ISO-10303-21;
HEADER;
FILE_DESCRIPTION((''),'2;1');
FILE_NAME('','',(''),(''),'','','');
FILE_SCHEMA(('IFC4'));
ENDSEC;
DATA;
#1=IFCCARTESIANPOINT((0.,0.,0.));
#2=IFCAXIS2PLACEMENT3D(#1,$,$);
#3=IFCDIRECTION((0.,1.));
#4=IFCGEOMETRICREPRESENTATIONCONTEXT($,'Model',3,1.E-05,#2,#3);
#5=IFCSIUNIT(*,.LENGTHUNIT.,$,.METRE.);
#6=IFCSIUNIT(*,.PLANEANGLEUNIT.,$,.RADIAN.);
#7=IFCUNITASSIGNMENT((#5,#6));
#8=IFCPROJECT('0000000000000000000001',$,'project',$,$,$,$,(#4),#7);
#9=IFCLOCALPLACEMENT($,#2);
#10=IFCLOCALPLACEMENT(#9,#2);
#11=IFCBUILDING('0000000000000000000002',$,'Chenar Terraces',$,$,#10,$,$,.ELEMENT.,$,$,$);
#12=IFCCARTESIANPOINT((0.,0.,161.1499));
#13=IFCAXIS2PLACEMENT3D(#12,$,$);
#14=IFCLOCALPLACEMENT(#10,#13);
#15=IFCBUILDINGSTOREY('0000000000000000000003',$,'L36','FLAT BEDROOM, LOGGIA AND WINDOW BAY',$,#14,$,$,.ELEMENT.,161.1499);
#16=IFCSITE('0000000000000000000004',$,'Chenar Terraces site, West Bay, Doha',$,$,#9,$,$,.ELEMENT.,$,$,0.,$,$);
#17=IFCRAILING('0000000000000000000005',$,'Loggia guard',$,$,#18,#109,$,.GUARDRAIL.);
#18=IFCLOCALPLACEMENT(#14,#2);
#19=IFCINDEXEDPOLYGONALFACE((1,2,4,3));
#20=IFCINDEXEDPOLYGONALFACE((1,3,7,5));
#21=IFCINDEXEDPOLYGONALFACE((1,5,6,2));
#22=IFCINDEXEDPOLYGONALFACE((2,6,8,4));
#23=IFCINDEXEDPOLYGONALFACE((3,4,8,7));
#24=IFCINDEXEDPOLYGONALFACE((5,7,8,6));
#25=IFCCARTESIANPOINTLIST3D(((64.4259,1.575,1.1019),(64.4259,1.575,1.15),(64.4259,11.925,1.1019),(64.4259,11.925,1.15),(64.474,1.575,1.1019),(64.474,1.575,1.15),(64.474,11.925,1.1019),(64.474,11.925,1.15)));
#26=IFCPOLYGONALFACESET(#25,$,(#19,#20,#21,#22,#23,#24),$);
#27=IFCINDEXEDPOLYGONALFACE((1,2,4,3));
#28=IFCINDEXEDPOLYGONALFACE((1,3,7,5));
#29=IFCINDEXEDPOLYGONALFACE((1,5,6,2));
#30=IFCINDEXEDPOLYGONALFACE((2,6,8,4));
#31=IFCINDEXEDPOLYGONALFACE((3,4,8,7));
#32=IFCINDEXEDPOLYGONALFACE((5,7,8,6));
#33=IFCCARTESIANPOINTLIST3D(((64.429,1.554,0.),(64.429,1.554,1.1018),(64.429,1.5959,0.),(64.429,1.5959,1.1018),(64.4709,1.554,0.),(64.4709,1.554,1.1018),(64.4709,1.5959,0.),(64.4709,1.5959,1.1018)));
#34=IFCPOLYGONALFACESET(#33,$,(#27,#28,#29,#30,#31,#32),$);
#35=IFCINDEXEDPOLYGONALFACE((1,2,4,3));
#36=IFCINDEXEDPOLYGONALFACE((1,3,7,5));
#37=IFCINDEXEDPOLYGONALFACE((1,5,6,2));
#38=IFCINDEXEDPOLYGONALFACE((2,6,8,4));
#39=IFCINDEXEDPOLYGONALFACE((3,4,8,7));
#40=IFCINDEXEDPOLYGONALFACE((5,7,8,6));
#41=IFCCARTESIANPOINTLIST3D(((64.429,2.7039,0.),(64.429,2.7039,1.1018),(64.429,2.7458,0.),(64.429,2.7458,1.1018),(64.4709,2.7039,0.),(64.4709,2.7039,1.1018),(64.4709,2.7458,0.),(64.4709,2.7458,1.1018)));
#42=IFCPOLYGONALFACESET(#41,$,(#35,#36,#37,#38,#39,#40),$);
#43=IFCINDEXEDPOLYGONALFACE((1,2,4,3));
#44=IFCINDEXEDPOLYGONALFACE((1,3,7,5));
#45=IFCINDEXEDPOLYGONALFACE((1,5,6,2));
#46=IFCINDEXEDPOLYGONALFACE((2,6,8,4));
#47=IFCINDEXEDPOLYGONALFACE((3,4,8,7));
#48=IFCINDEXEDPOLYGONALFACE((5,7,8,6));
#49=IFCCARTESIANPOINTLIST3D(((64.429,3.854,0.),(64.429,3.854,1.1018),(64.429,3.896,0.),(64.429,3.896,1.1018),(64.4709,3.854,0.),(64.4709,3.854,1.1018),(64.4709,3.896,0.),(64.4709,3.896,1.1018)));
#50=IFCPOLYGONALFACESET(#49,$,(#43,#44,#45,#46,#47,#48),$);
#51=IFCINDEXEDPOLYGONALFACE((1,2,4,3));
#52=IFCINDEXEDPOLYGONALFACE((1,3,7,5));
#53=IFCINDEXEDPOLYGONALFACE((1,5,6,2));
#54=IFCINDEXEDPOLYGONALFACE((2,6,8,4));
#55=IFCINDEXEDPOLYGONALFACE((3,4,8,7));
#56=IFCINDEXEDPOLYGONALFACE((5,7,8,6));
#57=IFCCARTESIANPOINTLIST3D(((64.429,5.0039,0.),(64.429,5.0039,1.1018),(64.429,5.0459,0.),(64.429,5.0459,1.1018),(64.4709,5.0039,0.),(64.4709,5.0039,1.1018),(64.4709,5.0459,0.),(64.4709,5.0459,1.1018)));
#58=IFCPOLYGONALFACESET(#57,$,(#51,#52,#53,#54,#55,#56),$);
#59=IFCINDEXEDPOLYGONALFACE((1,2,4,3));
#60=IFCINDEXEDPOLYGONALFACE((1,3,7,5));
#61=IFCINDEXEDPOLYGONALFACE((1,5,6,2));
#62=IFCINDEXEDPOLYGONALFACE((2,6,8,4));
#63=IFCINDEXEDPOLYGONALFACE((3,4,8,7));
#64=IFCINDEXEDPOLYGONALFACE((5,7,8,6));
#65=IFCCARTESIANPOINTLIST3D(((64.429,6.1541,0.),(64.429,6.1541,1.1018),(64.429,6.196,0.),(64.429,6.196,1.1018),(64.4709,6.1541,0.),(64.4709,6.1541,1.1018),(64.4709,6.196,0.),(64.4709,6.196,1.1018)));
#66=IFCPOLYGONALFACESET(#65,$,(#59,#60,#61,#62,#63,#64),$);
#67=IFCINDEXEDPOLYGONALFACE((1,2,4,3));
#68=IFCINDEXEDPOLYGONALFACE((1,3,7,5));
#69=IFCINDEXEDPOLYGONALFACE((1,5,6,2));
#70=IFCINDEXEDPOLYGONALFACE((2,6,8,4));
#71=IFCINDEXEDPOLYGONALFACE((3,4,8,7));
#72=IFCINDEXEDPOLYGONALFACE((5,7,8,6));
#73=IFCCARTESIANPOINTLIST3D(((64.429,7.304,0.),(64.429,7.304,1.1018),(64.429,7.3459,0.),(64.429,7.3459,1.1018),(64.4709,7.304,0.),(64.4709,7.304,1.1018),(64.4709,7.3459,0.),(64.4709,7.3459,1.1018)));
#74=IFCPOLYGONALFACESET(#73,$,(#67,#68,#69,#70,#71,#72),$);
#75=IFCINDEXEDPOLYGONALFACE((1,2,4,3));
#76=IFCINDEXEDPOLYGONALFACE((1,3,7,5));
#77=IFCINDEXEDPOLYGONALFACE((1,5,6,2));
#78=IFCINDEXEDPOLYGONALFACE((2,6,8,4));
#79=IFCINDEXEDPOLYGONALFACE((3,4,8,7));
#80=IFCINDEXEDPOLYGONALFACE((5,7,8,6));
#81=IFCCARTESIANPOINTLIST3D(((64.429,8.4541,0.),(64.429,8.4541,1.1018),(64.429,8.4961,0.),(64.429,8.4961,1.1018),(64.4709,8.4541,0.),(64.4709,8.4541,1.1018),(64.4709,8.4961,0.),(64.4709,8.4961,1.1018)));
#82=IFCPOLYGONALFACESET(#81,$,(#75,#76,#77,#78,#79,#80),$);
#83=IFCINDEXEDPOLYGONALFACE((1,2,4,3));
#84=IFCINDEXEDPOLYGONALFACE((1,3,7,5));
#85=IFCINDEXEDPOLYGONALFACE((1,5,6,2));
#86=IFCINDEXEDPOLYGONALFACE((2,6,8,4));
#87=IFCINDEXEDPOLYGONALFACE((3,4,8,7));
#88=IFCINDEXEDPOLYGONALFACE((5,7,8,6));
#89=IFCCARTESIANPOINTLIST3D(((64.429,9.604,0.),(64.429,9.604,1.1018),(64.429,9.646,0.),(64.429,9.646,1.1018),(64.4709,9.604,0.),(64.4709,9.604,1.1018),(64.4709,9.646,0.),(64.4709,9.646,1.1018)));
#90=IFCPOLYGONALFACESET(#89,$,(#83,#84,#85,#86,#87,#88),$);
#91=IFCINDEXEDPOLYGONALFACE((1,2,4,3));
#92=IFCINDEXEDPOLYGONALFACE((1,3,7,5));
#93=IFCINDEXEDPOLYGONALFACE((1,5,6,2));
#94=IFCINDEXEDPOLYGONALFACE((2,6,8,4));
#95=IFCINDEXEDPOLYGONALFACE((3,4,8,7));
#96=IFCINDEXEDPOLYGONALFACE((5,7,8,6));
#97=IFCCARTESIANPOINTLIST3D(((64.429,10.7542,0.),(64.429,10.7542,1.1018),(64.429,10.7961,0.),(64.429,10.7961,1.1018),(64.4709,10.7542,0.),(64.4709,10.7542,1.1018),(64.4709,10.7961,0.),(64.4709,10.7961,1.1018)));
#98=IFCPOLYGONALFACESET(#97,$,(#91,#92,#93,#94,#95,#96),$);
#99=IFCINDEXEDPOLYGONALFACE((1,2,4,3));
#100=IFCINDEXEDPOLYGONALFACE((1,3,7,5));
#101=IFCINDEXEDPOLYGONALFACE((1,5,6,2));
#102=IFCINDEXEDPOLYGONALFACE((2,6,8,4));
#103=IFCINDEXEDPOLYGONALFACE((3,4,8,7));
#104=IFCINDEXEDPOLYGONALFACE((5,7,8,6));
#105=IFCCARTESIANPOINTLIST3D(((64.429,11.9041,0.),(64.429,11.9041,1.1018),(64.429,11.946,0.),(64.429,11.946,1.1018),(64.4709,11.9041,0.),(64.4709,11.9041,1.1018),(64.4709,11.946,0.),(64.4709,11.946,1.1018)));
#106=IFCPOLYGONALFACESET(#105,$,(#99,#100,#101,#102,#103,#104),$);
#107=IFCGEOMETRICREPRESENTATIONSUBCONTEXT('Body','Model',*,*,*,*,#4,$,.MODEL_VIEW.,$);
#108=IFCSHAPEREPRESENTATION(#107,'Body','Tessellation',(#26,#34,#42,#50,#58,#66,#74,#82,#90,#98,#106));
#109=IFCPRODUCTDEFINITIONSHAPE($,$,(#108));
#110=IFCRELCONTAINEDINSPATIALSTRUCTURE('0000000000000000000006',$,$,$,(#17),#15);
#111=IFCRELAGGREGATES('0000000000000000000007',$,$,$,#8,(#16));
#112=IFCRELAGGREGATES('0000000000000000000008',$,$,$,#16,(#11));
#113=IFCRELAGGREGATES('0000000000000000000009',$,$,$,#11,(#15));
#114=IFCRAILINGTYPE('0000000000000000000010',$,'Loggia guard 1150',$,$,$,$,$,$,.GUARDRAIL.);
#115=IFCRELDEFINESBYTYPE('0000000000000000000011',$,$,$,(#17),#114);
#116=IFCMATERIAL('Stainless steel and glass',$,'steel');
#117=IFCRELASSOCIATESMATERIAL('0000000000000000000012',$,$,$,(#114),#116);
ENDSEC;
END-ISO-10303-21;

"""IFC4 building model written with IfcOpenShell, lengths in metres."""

from ifc_helpers import new_model, si_unit, direction, frame, origin, origin_2d, place, context, subcontext, project, spatial, rectangle, extrude, material, type_object, element, save


model = new_model("IFC4")

# Units and contexts
model_context = context("Model", 3, precision=1e-05, world=origin(), true_north=direction((0.0, 1.0)))
body_context = subcontext(model_context, "Body", "Model", "MODEL_VIEW")
ifc_project = project(units=[si_unit("LENGTHUNIT", "METRE"), si_unit("PLANEANGLEUNIT", "RADIAN")], contexts=[model_context])

# Site, building, storey
site_placement = place(None, origin())
site = spatial("IfcSite", under=ifc_project, at=site_placement, Name="Chenar Terraces site, West Bay, Doha", CompositionType="ELEMENT", RefElevation=0.0)
building_placement = place(site_placement, origin())
building = spatial("IfcBuilding", under=site, at=building_placement, Name="Chenar Terraces", CompositionType="ELEMENT")
storey_placement = place(building_placement, frame((0.0, 0.0, 161.1499)))
storey = spatial("IfcBuildingStorey", under=building, at=storey_placement, Name="L36", Description="FLAT BEDROOM, LOGGIA AND WINDOW BAY", CompositionType="ELEMENT", Elevation=161.1499)

# Railing
ifc_material_1 = material(Name="Stainless steel and glass", Category="steel")
railing_type = type_object("IfcRailingType", Name="Loggia guard 1150", PredefinedType="GUARDRAIL", material=ifc_material_1)
railing_placement = place(storey_placement, frame((64.45, 1.575, 0.0)))
element("IfcRailing", 1, at=railing_placement, inside=storey, type_object=railing_type, Name="Loggia guard", PredefinedType="GUARDRAIL", context=body_context, shape_type="SweptSolid", body=[
    extrude(rectangle(XDim=0.0481, YDim=0.0481, at=origin_2d()), frame((0.0, 0.0, 1.126), z_axis=(0.0, 1.0, 0.0), x_axis=(-1.0, 0.0, 0.0)), (0.0, 0.0, 1.0), 10.3501),
    extrude(rectangle(XDim=0.042, YDim=0.042, at=origin_2d()), origin(), (0.0, 0.0, 1.0), 1.1018),
    extrude(rectangle(XDim=0.042, YDim=0.042, at=origin_2d()), frame((0.0, 1.1499, 0.0)), (0.0, 0.0, 1.0), 1.1018),
    extrude(rectangle(XDim=0.042, YDim=0.042, at=origin_2d()), frame((0.0, 2.3, 0.0)), (0.0, 0.0, 1.0), 1.1018),
    extrude(rectangle(XDim=0.042, YDim=0.042, at=origin_2d()), frame((0.0, 3.45, 0.0)), (0.0, 0.0, 1.0), 1.1018),
    extrude(rectangle(XDim=0.042, YDim=0.042, at=origin_2d()), frame((0.0, 4.6001, 0.0)), (0.0, 0.0, 1.0), 1.1018),
    extrude(rectangle(XDim=0.042, YDim=0.042, at=origin_2d()), frame((0.0, 5.75, 0.0)), (0.0, 0.0, 1.0), 1.1018),
    extrude(rectangle(XDim=0.042, YDim=0.042, at=origin_2d()), frame((0.0, 6.9001, 0.0)), (0.0, 0.0, 1.0), 1.1018),
    extrude(rectangle(XDim=0.042, YDim=0.042, at=origin_2d()), frame((0.0, 8.05, 0.0)), (0.0, 0.0, 1.0), 1.1018),
    extrude(rectangle(XDim=0.042, YDim=0.042, at=origin_2d()), frame((0.0, 9.2002, 0.0)), (0.0, 0.0, 1.0), 1.1018),
    extrude(rectangle(XDim=0.042, YDim=0.042, at=origin_2d()), frame((0.0, 10.3501, 0.0)), (0.0, 0.0, 1.0), 1.1018),
])

save(model, "model.ifc")
